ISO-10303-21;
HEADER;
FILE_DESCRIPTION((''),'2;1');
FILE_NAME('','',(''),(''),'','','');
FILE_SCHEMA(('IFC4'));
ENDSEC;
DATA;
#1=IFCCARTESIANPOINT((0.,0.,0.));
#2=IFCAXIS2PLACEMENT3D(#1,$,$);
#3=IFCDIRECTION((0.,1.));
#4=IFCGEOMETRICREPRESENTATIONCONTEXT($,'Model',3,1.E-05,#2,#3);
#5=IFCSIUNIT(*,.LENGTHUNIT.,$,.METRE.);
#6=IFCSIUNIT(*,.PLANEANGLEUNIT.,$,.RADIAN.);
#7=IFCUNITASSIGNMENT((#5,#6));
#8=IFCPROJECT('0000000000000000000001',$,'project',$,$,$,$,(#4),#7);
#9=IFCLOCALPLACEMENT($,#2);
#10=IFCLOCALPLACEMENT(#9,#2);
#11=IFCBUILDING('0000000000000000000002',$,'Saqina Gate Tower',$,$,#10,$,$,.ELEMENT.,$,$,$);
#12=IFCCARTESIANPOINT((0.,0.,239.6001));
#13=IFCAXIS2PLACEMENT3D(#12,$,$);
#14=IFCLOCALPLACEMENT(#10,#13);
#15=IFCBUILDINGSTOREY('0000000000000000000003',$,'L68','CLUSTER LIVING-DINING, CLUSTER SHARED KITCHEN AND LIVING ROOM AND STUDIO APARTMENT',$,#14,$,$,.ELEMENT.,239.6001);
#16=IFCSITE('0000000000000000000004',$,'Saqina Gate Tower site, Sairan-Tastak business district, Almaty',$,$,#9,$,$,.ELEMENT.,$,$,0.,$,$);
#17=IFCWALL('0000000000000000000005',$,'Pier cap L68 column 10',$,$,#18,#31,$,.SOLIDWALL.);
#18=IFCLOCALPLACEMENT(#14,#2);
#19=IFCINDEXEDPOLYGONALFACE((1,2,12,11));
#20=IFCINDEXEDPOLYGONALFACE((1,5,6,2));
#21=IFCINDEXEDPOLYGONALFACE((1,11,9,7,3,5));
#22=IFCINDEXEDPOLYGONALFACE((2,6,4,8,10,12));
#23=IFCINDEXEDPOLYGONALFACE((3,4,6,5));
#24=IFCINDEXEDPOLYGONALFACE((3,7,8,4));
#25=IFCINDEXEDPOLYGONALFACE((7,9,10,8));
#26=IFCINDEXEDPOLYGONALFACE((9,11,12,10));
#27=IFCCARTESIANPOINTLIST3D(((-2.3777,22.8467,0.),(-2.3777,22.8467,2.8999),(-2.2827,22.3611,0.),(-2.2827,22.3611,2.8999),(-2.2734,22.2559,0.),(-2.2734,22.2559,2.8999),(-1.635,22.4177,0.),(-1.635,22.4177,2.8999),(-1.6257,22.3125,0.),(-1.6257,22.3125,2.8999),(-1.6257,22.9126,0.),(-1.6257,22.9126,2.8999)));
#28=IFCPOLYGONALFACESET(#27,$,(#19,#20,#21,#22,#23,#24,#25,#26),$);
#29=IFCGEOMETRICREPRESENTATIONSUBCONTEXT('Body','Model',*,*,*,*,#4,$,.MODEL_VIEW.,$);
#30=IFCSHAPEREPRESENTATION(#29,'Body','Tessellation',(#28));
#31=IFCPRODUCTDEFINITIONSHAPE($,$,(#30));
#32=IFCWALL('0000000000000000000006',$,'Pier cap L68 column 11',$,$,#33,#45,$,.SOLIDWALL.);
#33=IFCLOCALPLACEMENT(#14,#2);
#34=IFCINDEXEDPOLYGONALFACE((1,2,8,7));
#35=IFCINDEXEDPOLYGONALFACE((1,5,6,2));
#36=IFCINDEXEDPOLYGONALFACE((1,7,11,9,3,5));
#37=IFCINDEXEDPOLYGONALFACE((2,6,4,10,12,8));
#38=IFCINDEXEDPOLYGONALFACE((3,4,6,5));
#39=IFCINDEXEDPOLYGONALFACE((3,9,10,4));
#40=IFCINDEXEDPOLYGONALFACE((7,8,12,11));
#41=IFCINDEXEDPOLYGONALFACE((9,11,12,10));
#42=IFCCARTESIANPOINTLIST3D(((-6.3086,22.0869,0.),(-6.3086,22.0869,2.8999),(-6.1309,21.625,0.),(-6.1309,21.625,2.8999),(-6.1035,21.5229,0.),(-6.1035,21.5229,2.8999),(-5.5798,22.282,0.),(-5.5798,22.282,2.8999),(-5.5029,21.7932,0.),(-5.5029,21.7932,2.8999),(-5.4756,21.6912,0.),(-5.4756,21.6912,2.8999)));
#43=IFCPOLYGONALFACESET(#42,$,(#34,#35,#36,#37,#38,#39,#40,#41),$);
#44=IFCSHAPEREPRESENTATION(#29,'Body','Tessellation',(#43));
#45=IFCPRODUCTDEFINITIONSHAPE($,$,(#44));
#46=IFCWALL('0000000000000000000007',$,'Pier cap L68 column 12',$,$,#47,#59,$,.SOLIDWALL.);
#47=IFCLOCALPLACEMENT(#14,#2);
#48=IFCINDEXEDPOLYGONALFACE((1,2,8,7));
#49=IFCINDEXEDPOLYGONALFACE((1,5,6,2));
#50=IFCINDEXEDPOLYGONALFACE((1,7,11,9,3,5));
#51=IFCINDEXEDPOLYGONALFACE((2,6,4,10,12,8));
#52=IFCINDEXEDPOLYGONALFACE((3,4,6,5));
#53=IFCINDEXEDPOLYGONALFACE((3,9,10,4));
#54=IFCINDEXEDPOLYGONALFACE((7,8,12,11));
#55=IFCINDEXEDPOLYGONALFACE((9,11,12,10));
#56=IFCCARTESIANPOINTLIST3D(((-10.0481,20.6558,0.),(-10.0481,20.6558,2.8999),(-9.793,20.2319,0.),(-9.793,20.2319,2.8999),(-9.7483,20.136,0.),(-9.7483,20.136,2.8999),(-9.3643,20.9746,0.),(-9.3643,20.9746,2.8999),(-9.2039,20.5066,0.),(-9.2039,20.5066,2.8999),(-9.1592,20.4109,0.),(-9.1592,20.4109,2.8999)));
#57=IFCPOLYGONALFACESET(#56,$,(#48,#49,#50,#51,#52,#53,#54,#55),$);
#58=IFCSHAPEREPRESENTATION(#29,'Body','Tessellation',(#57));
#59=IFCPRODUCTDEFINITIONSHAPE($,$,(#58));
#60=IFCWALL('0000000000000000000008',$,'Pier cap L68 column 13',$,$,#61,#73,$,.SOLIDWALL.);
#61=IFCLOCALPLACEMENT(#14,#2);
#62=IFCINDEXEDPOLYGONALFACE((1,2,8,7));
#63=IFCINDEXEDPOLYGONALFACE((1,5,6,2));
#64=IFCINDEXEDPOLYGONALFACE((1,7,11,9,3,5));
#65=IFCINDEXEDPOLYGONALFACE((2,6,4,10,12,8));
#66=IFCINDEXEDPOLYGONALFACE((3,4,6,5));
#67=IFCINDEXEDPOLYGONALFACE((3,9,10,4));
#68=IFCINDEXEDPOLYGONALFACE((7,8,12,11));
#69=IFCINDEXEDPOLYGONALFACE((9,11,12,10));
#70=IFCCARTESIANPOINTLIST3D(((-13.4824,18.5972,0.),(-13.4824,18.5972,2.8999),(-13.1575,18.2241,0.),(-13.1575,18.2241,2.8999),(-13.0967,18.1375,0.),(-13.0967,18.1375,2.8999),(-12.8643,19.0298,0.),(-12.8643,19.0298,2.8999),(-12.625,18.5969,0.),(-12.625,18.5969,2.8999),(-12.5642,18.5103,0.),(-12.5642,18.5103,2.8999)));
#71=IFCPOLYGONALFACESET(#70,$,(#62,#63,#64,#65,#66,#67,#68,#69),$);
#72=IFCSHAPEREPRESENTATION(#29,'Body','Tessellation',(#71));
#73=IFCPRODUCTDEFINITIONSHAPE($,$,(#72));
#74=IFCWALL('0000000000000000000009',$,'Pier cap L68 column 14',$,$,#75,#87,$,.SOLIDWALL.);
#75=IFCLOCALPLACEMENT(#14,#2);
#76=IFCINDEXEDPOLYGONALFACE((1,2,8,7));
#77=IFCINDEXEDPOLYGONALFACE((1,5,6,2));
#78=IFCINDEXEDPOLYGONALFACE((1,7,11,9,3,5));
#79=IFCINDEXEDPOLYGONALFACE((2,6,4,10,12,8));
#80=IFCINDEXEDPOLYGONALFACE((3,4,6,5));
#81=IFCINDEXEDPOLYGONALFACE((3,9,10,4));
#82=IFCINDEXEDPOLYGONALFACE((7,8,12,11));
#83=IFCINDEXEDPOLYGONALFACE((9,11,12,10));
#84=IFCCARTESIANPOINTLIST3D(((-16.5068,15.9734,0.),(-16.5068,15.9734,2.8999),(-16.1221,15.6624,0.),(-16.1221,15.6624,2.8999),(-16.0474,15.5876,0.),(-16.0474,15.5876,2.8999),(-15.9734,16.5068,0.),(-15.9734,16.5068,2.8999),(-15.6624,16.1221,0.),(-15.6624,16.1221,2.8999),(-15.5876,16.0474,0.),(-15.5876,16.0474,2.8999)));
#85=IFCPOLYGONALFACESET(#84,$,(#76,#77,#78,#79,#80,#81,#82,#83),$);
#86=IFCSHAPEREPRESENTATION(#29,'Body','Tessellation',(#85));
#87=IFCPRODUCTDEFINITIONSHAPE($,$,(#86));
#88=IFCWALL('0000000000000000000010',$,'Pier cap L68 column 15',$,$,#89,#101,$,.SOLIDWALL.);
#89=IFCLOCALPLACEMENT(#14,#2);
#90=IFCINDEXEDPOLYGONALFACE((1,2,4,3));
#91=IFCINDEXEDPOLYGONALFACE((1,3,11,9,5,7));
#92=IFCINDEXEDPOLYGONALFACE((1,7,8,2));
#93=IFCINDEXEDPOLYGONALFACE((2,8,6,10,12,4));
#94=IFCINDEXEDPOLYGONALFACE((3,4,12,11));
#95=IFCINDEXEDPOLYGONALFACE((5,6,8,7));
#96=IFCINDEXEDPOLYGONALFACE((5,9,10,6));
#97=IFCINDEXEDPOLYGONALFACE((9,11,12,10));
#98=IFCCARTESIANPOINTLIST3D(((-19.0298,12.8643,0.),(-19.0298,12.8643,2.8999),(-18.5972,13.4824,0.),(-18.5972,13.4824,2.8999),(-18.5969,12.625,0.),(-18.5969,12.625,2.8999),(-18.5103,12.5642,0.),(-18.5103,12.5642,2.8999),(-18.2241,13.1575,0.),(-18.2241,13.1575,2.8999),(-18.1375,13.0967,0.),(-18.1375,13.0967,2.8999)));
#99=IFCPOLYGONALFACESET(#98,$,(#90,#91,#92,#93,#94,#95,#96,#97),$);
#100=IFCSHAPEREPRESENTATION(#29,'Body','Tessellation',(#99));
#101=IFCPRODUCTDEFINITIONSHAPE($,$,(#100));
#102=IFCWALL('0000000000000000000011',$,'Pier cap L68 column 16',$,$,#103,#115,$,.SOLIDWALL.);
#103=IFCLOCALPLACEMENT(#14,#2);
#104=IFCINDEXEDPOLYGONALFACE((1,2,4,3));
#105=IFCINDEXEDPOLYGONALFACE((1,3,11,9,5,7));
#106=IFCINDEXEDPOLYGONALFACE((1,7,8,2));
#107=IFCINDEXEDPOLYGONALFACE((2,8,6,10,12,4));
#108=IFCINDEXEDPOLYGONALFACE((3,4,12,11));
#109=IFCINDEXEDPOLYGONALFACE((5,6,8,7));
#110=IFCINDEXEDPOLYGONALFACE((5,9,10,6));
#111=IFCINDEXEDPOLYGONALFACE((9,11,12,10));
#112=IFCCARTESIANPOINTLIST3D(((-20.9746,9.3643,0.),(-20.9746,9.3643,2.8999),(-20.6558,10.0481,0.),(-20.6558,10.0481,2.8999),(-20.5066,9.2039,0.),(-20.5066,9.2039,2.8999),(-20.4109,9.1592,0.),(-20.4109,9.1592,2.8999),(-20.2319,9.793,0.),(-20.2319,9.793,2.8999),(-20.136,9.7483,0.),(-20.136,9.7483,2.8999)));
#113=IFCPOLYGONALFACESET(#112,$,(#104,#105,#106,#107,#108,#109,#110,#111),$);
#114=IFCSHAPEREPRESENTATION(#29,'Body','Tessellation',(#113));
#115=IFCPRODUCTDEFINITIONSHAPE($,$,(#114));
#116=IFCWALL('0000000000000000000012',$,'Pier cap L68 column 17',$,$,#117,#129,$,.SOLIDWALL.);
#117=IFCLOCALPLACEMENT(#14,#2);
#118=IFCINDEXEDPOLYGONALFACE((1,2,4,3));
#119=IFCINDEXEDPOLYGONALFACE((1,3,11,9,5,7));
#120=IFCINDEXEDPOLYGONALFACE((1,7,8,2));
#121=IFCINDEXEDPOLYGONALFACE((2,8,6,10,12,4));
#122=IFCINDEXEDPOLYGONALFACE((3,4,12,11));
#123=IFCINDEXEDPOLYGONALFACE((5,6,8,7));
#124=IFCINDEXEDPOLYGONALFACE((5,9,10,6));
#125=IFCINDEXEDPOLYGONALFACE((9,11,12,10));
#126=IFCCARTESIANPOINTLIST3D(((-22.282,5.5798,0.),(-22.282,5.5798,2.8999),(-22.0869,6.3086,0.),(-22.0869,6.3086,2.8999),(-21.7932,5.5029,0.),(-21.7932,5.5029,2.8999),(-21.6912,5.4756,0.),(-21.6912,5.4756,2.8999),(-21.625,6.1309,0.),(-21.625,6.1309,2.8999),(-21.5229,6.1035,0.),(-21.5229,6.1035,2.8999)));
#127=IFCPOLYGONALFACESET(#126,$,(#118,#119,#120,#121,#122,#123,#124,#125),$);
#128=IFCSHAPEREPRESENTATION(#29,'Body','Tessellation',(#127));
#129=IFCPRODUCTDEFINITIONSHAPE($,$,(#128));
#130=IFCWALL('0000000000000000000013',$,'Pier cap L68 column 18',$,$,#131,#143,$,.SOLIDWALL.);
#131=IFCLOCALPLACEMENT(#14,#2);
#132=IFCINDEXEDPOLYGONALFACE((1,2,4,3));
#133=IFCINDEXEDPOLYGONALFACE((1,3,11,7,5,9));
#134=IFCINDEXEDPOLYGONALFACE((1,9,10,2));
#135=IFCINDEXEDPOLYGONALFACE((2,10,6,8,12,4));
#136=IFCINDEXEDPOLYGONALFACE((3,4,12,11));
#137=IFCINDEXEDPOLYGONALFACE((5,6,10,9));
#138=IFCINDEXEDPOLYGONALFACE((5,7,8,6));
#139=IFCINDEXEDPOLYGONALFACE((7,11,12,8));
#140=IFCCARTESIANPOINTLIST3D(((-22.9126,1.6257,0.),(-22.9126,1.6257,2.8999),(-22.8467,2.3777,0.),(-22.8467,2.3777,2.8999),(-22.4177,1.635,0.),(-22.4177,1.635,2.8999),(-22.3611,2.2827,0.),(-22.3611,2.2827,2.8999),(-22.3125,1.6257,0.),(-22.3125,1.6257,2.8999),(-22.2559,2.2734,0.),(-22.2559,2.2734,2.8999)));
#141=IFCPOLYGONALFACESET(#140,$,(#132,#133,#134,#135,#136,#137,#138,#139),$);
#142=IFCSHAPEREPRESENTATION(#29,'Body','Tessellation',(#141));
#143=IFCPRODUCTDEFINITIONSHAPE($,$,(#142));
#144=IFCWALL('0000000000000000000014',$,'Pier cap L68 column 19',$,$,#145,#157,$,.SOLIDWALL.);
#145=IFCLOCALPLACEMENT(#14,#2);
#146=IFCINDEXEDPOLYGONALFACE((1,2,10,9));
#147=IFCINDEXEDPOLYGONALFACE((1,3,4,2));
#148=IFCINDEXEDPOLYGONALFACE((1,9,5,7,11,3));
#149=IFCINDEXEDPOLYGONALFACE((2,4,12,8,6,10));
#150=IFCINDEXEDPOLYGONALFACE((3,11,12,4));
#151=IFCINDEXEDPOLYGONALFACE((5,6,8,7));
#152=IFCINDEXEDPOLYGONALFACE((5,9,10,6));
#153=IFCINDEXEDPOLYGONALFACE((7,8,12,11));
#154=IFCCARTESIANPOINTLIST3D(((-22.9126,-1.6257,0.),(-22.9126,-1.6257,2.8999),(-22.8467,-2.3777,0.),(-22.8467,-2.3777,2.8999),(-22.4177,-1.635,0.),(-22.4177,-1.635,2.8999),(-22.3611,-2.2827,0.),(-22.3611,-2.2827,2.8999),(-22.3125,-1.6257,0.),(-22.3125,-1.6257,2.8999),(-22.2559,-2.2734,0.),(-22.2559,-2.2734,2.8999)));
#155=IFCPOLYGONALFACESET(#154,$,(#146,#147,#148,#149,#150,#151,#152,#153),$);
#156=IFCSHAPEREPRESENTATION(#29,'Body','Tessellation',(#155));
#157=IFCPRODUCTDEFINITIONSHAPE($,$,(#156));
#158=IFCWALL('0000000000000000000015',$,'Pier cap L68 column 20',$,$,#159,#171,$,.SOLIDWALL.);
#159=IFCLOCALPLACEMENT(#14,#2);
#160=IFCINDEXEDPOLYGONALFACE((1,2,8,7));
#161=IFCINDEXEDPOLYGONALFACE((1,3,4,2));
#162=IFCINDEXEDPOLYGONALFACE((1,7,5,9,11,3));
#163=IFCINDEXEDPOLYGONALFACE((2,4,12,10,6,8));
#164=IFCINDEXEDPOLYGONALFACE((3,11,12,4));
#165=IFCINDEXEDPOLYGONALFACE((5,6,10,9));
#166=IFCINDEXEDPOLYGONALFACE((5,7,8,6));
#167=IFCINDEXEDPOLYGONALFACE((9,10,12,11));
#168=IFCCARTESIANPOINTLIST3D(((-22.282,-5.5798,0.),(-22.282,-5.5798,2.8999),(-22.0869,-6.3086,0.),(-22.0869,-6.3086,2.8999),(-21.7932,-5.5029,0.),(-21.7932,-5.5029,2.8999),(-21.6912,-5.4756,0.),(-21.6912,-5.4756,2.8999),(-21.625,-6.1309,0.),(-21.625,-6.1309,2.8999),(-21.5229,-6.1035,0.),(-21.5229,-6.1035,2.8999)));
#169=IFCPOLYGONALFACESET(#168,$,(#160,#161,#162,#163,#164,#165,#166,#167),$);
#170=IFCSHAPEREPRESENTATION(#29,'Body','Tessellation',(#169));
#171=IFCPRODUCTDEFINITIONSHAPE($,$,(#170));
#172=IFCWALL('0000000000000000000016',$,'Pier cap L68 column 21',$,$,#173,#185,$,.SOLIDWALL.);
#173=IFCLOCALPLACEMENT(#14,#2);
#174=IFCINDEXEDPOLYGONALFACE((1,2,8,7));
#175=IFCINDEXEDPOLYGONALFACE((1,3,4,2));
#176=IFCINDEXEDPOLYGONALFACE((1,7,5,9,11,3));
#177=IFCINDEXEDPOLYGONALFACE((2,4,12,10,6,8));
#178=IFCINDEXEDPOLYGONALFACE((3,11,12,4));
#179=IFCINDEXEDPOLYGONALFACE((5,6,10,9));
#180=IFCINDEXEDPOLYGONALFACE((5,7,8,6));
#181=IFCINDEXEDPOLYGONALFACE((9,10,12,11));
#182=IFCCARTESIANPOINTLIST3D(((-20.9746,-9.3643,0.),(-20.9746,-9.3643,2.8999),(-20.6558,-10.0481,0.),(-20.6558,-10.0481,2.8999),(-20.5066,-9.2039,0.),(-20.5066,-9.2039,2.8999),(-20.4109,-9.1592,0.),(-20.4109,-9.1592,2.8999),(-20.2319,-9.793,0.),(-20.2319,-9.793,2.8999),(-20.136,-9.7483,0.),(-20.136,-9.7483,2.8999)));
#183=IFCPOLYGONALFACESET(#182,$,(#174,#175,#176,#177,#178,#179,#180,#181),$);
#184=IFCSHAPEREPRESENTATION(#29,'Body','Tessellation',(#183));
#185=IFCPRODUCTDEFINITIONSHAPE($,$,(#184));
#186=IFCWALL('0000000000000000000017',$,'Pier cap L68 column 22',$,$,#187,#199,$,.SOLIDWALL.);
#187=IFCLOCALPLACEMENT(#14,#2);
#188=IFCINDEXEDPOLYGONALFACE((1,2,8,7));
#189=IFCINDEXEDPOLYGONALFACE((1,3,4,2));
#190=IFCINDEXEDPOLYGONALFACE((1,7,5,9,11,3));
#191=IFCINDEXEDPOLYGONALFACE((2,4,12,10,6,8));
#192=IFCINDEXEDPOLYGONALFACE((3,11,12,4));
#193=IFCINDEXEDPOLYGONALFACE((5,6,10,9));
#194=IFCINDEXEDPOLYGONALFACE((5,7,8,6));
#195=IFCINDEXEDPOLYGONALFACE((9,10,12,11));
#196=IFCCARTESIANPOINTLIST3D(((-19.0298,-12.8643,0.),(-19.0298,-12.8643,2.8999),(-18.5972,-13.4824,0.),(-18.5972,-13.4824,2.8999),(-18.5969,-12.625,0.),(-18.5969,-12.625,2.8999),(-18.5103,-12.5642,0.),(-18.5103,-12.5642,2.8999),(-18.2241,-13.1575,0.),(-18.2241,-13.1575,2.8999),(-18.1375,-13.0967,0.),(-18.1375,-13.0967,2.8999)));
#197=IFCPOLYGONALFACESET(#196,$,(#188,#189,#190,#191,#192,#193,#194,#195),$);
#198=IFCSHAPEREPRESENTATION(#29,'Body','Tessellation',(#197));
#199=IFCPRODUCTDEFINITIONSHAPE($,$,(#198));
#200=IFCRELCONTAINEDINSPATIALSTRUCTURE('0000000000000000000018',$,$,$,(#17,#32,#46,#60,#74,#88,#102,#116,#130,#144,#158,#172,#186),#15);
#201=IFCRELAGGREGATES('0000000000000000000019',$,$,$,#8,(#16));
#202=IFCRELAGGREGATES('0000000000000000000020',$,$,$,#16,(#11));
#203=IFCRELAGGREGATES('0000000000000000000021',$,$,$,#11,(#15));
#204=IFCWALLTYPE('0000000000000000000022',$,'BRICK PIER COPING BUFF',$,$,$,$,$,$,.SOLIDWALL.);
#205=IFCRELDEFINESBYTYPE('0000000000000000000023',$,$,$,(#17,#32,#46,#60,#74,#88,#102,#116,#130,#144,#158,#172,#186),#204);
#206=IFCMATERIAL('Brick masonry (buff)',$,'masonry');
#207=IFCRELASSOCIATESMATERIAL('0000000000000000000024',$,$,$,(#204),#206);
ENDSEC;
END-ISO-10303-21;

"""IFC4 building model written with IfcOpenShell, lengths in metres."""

from ifc_helpers import new_model, si_unit, direction, frame, origin, place, context, subcontext, project, spatial, polyline, outline, extrude, material, type_object, element, save


model = new_model("IFC4")

# Units and contexts
model_context = context("Model", 3, precision=1e-05, world=origin(), true_north=direction((0.0, 1.0)))
body_context = subcontext(model_context, "Body", "Model", "MODEL_VIEW")
ifc_project = project(units=[si_unit("LENGTHUNIT", "METRE"), si_unit("PLANEANGLEUNIT", "RADIAN")], contexts=[model_context])

# Site, building, storey
site_placement = place(None, origin())
site = spatial("IfcSite", under=ifc_project, at=site_placement, Name="Saqina Gate Tower site, Sairan-Tastak business district, Almaty", CompositionType="ELEMENT", RefElevation=0.0)
building_placement = place(site_placement, origin())
building = spatial("IfcBuilding", under=site, at=building_placement, Name="Saqina Gate Tower", CompositionType="ELEMENT")
storey_placement = place(building_placement, frame((0.0, 0.0, 239.6001)))
storey = spatial("IfcBuildingStorey", under=building, at=storey_placement, Name="L68", Description="CLUSTER LIVING-DINING, CLUSTER SHARED KITCHEN AND LIVING ROOM AND STUDIO APARTMENT", CompositionType="ELEMENT", Elevation=239.6001)

# Walls
ifc_material = material(Name="Brick masonry (buff)", Category="masonry")
wall_type = type_object("IfcWallType", Name="BRICK PIER COPING BUFF", PredefinedType="SOLIDWALL", material=ifc_material)
wall_1_placement = place(storey_placement, origin())
element("IfcWall", 1, at=wall_1_placement, inside=storey, type_object=wall_type, Name="Pier cap L68 column 10", PredefinedType="SOLIDWALL", context=body_context, shape_type="SweptSolid", body=[
    extrude(outline(polyline([(-1.6257, 22.9126), (-2.3777, 22.8467), (-2.2734, 22.2559), (-2.2827, 22.3611), (-1.635, 22.4177), (-1.6257, 22.3125), (-1.6257, 22.9126)])), origin(), (0.0, 0.0, 1.0), 2.8999),
])
wall_2_placement = place(storey_placement, origin())
element("IfcWall", 2, at=wall_2_placement, inside=storey, type_object=wall_type, Name="Pier cap L68 column 11", PredefinedType="SOLIDWALL", context=body_context, shape_type="SweptSolid", body=[
    extrude(outline(polyline([(-6.3086, 22.0869), (-6.1035, 21.5229), (-6.1309, 21.625), (-5.5029, 21.7932), (-5.4756, 21.6912), (-5.5798, 22.282), (-6.3086, 22.0869)])), origin(), (0.0, 0.0, 1.0), 2.8999),
])
wall_3_placement = place(storey_placement, origin())
element("IfcWall", 3, at=wall_3_placement, inside=storey, type_object=wall_type, Name="Pier cap L68 column 12", PredefinedType="SOLIDWALL", context=body_context, shape_type="SweptSolid", body=[
    extrude(outline(polyline([(-9.3643, 20.9746), (-10.0481, 20.6558), (-9.7483, 20.136), (-9.793, 20.2319), (-9.2039, 20.5066), (-9.1592, 20.4109), (-9.3643, 20.9746)])), origin(), (0.0, 0.0, 1.0), 2.8999),
])
wall_4_placement = place(storey_placement, origin())
element("IfcWall", 4, at=wall_4_placement, inside=storey, type_object=wall_type, Name="Pier cap L68 column 13", PredefinedType="SOLIDWALL", context=body_context, shape_type="SweptSolid", body=[
    extrude(outline(polyline([(-12.8643, 19.0298), (-13.4824, 18.5972), (-13.0967, 18.1375), (-13.1575, 18.2241), (-12.625, 18.5969), (-12.5642, 18.5103), (-12.8643, 19.0298)])), origin(), (0.0, 0.0, 1.0), 2.8999),
])
wall_5_placement = place(storey_placement, origin())
element("IfcWall", 5, at=wall_5_placement, inside=storey, type_object=wall_type, Name="Pier cap L68 column 14", PredefinedType="SOLIDWALL", context=body_context, shape_type="SweptSolid", body=[
    extrude(outline(polyline([(-16.5068, 15.9734), (-16.0474, 15.5876), (-16.1221, 15.6624), (-15.6624, 16.1221), (-15.5876, 16.0474), (-15.9734, 16.5068), (-16.5068, 15.9734)])), origin(), (0.0, 0.0, 1.0), 2.8999),
])
wall_6_placement = place(storey_placement, origin())
element("IfcWall", 6, at=wall_6_placement, inside=storey, type_object=wall_type, Name="Pier cap L68 column 15", PredefinedType="SOLIDWALL", context=body_context, shape_type="SweptSolid", body=[
    extrude(outline(polyline([(-19.0298, 12.8643), (-18.5103, 12.5642), (-18.5969, 12.625), (-18.2241, 13.1575), (-18.1375, 13.0967), (-18.5972, 13.4824), (-19.0298, 12.8643)])), origin(), (0.0, 0.0, 1.0), 2.8999),
])
wall_7_placement = place(storey_placement, origin())
element("IfcWall", 7, at=wall_7_placement, inside=storey, type_object=wall_type, Name="Pier cap L68 column 16", PredefinedType="SOLIDWALL", context=body_context, shape_type="SweptSolid", body=[
    extrude(outline(polyline([(-20.6558, 10.0481), (-20.9746, 9.3643), (-20.4109, 9.1592), (-20.5066, 9.2039), (-20.2319, 9.793), (-20.136, 9.7483), (-20.6558, 10.0481)])), origin(), (0.0, 0.0, 1.0), 2.8999),
])
wall_8_placement = place(storey_placement, origin())
element("IfcWall", 8, at=wall_8_placement, inside=storey, type_object=wall_type, Name="Pier cap L68 column 17", PredefinedType="SOLIDWALL", context=body_context, shape_type="SweptSolid", body=[
    extrude(outline(polyline([(-22.282, 5.5798), (-21.6912, 5.4756), (-21.7932, 5.5029), (-21.625, 6.1309), (-21.5229, 6.1035), (-22.0869, 6.3086), (-22.282, 5.5798)])), origin(), (0.0, 0.0, 1.0), 2.8999),
])
wall_9_placement = place(storey_placement, origin())
element("IfcWall", 9, at=wall_9_placement, inside=storey, type_object=wall_type, Name="Pier cap L68 column 18", PredefinedType="SOLIDWALL", context=body_context, shape_type="SweptSolid", body=[
    extrude(outline(polyline([(-22.8467, 2.3777), (-22.9126, 1.6257), (-22.3125, 1.6257), (-22.4177, 1.635), (-22.3611, 2.2827), (-22.2559, 2.2734), (-22.8467, 2.3777)])), origin(), (0.0, 0.0, 1.0), 2.8999),
])
wall_10_placement = place(storey_placement, origin())
element("IfcWall", 10, at=wall_10_placement, inside=storey, type_object=wall_type, Name="Pier cap L68 column 19", PredefinedType="SOLIDWALL", context=body_context, shape_type="SweptSolid", body=[
    extrude(outline(polyline([(-22.9126, -1.6257), (-22.8467, -2.3777), (-22.2559, -2.2734), (-22.3611, -2.2827), (-22.4177, -1.635), (-22.3125, -1.6257), (-22.9126, -1.6257)])), origin(), (0.0, 0.0, 1.0), 2.8999),
])
wall_11_placement = place(storey_placement, origin())
element("IfcWall", 11, at=wall_11_placement, inside=storey, type_object=wall_type, Name="Pier cap L68 column 20", PredefinedType="SOLIDWALL", context=body_context, shape_type="SweptSolid", body=[
    extrude(outline(polyline([(-22.0869, -6.3086), (-21.5229, -6.1035), (-21.625, -6.1309), (-21.7932, -5.5029), (-21.6912, -5.4756), (-22.282, -5.5798), (-22.0869, -6.3086)])), origin(), (0.0, 0.0, 1.0), 2.8999),
])
wall_12_placement = place(storey_placement, origin())
element("IfcWall", 12, at=wall_12_placement, inside=storey, type_object=wall_type, Name="Pier cap L68 column 21", PredefinedType="SOLIDWALL", context=body_context, shape_type="SweptSolid", body=[
    extrude(outline(polyline([(-20.9746, -9.3643), (-20.6558, -10.0481), (-20.136, -9.7483), (-20.2319, -9.793), (-20.5066, -9.2039), (-20.4109, -9.1592), (-20.9746, -9.3643)])), origin(), (0.0, 0.0, 1.0), 2.8999),
])
wall_13_placement = place(storey_placement, origin())
element("IfcWall", 13, at=wall_13_placement, inside=storey, type_object=wall_type, Name="Pier cap L68 column 22", PredefinedType="SOLIDWALL", context=body_context, shape_type="SweptSolid", body=[
    extrude(outline(polyline([(-19.0298, -12.8643), (-18.5972, -13.4824), (-18.1375, -13.0967), (-18.2241, -13.1575), (-18.5969, -12.625), (-18.5103, -12.5642), (-19.0298, -12.8643)])), origin(), (0.0, 0.0, 1.0), 2.8999),
])

save(model, "model.ifc")
